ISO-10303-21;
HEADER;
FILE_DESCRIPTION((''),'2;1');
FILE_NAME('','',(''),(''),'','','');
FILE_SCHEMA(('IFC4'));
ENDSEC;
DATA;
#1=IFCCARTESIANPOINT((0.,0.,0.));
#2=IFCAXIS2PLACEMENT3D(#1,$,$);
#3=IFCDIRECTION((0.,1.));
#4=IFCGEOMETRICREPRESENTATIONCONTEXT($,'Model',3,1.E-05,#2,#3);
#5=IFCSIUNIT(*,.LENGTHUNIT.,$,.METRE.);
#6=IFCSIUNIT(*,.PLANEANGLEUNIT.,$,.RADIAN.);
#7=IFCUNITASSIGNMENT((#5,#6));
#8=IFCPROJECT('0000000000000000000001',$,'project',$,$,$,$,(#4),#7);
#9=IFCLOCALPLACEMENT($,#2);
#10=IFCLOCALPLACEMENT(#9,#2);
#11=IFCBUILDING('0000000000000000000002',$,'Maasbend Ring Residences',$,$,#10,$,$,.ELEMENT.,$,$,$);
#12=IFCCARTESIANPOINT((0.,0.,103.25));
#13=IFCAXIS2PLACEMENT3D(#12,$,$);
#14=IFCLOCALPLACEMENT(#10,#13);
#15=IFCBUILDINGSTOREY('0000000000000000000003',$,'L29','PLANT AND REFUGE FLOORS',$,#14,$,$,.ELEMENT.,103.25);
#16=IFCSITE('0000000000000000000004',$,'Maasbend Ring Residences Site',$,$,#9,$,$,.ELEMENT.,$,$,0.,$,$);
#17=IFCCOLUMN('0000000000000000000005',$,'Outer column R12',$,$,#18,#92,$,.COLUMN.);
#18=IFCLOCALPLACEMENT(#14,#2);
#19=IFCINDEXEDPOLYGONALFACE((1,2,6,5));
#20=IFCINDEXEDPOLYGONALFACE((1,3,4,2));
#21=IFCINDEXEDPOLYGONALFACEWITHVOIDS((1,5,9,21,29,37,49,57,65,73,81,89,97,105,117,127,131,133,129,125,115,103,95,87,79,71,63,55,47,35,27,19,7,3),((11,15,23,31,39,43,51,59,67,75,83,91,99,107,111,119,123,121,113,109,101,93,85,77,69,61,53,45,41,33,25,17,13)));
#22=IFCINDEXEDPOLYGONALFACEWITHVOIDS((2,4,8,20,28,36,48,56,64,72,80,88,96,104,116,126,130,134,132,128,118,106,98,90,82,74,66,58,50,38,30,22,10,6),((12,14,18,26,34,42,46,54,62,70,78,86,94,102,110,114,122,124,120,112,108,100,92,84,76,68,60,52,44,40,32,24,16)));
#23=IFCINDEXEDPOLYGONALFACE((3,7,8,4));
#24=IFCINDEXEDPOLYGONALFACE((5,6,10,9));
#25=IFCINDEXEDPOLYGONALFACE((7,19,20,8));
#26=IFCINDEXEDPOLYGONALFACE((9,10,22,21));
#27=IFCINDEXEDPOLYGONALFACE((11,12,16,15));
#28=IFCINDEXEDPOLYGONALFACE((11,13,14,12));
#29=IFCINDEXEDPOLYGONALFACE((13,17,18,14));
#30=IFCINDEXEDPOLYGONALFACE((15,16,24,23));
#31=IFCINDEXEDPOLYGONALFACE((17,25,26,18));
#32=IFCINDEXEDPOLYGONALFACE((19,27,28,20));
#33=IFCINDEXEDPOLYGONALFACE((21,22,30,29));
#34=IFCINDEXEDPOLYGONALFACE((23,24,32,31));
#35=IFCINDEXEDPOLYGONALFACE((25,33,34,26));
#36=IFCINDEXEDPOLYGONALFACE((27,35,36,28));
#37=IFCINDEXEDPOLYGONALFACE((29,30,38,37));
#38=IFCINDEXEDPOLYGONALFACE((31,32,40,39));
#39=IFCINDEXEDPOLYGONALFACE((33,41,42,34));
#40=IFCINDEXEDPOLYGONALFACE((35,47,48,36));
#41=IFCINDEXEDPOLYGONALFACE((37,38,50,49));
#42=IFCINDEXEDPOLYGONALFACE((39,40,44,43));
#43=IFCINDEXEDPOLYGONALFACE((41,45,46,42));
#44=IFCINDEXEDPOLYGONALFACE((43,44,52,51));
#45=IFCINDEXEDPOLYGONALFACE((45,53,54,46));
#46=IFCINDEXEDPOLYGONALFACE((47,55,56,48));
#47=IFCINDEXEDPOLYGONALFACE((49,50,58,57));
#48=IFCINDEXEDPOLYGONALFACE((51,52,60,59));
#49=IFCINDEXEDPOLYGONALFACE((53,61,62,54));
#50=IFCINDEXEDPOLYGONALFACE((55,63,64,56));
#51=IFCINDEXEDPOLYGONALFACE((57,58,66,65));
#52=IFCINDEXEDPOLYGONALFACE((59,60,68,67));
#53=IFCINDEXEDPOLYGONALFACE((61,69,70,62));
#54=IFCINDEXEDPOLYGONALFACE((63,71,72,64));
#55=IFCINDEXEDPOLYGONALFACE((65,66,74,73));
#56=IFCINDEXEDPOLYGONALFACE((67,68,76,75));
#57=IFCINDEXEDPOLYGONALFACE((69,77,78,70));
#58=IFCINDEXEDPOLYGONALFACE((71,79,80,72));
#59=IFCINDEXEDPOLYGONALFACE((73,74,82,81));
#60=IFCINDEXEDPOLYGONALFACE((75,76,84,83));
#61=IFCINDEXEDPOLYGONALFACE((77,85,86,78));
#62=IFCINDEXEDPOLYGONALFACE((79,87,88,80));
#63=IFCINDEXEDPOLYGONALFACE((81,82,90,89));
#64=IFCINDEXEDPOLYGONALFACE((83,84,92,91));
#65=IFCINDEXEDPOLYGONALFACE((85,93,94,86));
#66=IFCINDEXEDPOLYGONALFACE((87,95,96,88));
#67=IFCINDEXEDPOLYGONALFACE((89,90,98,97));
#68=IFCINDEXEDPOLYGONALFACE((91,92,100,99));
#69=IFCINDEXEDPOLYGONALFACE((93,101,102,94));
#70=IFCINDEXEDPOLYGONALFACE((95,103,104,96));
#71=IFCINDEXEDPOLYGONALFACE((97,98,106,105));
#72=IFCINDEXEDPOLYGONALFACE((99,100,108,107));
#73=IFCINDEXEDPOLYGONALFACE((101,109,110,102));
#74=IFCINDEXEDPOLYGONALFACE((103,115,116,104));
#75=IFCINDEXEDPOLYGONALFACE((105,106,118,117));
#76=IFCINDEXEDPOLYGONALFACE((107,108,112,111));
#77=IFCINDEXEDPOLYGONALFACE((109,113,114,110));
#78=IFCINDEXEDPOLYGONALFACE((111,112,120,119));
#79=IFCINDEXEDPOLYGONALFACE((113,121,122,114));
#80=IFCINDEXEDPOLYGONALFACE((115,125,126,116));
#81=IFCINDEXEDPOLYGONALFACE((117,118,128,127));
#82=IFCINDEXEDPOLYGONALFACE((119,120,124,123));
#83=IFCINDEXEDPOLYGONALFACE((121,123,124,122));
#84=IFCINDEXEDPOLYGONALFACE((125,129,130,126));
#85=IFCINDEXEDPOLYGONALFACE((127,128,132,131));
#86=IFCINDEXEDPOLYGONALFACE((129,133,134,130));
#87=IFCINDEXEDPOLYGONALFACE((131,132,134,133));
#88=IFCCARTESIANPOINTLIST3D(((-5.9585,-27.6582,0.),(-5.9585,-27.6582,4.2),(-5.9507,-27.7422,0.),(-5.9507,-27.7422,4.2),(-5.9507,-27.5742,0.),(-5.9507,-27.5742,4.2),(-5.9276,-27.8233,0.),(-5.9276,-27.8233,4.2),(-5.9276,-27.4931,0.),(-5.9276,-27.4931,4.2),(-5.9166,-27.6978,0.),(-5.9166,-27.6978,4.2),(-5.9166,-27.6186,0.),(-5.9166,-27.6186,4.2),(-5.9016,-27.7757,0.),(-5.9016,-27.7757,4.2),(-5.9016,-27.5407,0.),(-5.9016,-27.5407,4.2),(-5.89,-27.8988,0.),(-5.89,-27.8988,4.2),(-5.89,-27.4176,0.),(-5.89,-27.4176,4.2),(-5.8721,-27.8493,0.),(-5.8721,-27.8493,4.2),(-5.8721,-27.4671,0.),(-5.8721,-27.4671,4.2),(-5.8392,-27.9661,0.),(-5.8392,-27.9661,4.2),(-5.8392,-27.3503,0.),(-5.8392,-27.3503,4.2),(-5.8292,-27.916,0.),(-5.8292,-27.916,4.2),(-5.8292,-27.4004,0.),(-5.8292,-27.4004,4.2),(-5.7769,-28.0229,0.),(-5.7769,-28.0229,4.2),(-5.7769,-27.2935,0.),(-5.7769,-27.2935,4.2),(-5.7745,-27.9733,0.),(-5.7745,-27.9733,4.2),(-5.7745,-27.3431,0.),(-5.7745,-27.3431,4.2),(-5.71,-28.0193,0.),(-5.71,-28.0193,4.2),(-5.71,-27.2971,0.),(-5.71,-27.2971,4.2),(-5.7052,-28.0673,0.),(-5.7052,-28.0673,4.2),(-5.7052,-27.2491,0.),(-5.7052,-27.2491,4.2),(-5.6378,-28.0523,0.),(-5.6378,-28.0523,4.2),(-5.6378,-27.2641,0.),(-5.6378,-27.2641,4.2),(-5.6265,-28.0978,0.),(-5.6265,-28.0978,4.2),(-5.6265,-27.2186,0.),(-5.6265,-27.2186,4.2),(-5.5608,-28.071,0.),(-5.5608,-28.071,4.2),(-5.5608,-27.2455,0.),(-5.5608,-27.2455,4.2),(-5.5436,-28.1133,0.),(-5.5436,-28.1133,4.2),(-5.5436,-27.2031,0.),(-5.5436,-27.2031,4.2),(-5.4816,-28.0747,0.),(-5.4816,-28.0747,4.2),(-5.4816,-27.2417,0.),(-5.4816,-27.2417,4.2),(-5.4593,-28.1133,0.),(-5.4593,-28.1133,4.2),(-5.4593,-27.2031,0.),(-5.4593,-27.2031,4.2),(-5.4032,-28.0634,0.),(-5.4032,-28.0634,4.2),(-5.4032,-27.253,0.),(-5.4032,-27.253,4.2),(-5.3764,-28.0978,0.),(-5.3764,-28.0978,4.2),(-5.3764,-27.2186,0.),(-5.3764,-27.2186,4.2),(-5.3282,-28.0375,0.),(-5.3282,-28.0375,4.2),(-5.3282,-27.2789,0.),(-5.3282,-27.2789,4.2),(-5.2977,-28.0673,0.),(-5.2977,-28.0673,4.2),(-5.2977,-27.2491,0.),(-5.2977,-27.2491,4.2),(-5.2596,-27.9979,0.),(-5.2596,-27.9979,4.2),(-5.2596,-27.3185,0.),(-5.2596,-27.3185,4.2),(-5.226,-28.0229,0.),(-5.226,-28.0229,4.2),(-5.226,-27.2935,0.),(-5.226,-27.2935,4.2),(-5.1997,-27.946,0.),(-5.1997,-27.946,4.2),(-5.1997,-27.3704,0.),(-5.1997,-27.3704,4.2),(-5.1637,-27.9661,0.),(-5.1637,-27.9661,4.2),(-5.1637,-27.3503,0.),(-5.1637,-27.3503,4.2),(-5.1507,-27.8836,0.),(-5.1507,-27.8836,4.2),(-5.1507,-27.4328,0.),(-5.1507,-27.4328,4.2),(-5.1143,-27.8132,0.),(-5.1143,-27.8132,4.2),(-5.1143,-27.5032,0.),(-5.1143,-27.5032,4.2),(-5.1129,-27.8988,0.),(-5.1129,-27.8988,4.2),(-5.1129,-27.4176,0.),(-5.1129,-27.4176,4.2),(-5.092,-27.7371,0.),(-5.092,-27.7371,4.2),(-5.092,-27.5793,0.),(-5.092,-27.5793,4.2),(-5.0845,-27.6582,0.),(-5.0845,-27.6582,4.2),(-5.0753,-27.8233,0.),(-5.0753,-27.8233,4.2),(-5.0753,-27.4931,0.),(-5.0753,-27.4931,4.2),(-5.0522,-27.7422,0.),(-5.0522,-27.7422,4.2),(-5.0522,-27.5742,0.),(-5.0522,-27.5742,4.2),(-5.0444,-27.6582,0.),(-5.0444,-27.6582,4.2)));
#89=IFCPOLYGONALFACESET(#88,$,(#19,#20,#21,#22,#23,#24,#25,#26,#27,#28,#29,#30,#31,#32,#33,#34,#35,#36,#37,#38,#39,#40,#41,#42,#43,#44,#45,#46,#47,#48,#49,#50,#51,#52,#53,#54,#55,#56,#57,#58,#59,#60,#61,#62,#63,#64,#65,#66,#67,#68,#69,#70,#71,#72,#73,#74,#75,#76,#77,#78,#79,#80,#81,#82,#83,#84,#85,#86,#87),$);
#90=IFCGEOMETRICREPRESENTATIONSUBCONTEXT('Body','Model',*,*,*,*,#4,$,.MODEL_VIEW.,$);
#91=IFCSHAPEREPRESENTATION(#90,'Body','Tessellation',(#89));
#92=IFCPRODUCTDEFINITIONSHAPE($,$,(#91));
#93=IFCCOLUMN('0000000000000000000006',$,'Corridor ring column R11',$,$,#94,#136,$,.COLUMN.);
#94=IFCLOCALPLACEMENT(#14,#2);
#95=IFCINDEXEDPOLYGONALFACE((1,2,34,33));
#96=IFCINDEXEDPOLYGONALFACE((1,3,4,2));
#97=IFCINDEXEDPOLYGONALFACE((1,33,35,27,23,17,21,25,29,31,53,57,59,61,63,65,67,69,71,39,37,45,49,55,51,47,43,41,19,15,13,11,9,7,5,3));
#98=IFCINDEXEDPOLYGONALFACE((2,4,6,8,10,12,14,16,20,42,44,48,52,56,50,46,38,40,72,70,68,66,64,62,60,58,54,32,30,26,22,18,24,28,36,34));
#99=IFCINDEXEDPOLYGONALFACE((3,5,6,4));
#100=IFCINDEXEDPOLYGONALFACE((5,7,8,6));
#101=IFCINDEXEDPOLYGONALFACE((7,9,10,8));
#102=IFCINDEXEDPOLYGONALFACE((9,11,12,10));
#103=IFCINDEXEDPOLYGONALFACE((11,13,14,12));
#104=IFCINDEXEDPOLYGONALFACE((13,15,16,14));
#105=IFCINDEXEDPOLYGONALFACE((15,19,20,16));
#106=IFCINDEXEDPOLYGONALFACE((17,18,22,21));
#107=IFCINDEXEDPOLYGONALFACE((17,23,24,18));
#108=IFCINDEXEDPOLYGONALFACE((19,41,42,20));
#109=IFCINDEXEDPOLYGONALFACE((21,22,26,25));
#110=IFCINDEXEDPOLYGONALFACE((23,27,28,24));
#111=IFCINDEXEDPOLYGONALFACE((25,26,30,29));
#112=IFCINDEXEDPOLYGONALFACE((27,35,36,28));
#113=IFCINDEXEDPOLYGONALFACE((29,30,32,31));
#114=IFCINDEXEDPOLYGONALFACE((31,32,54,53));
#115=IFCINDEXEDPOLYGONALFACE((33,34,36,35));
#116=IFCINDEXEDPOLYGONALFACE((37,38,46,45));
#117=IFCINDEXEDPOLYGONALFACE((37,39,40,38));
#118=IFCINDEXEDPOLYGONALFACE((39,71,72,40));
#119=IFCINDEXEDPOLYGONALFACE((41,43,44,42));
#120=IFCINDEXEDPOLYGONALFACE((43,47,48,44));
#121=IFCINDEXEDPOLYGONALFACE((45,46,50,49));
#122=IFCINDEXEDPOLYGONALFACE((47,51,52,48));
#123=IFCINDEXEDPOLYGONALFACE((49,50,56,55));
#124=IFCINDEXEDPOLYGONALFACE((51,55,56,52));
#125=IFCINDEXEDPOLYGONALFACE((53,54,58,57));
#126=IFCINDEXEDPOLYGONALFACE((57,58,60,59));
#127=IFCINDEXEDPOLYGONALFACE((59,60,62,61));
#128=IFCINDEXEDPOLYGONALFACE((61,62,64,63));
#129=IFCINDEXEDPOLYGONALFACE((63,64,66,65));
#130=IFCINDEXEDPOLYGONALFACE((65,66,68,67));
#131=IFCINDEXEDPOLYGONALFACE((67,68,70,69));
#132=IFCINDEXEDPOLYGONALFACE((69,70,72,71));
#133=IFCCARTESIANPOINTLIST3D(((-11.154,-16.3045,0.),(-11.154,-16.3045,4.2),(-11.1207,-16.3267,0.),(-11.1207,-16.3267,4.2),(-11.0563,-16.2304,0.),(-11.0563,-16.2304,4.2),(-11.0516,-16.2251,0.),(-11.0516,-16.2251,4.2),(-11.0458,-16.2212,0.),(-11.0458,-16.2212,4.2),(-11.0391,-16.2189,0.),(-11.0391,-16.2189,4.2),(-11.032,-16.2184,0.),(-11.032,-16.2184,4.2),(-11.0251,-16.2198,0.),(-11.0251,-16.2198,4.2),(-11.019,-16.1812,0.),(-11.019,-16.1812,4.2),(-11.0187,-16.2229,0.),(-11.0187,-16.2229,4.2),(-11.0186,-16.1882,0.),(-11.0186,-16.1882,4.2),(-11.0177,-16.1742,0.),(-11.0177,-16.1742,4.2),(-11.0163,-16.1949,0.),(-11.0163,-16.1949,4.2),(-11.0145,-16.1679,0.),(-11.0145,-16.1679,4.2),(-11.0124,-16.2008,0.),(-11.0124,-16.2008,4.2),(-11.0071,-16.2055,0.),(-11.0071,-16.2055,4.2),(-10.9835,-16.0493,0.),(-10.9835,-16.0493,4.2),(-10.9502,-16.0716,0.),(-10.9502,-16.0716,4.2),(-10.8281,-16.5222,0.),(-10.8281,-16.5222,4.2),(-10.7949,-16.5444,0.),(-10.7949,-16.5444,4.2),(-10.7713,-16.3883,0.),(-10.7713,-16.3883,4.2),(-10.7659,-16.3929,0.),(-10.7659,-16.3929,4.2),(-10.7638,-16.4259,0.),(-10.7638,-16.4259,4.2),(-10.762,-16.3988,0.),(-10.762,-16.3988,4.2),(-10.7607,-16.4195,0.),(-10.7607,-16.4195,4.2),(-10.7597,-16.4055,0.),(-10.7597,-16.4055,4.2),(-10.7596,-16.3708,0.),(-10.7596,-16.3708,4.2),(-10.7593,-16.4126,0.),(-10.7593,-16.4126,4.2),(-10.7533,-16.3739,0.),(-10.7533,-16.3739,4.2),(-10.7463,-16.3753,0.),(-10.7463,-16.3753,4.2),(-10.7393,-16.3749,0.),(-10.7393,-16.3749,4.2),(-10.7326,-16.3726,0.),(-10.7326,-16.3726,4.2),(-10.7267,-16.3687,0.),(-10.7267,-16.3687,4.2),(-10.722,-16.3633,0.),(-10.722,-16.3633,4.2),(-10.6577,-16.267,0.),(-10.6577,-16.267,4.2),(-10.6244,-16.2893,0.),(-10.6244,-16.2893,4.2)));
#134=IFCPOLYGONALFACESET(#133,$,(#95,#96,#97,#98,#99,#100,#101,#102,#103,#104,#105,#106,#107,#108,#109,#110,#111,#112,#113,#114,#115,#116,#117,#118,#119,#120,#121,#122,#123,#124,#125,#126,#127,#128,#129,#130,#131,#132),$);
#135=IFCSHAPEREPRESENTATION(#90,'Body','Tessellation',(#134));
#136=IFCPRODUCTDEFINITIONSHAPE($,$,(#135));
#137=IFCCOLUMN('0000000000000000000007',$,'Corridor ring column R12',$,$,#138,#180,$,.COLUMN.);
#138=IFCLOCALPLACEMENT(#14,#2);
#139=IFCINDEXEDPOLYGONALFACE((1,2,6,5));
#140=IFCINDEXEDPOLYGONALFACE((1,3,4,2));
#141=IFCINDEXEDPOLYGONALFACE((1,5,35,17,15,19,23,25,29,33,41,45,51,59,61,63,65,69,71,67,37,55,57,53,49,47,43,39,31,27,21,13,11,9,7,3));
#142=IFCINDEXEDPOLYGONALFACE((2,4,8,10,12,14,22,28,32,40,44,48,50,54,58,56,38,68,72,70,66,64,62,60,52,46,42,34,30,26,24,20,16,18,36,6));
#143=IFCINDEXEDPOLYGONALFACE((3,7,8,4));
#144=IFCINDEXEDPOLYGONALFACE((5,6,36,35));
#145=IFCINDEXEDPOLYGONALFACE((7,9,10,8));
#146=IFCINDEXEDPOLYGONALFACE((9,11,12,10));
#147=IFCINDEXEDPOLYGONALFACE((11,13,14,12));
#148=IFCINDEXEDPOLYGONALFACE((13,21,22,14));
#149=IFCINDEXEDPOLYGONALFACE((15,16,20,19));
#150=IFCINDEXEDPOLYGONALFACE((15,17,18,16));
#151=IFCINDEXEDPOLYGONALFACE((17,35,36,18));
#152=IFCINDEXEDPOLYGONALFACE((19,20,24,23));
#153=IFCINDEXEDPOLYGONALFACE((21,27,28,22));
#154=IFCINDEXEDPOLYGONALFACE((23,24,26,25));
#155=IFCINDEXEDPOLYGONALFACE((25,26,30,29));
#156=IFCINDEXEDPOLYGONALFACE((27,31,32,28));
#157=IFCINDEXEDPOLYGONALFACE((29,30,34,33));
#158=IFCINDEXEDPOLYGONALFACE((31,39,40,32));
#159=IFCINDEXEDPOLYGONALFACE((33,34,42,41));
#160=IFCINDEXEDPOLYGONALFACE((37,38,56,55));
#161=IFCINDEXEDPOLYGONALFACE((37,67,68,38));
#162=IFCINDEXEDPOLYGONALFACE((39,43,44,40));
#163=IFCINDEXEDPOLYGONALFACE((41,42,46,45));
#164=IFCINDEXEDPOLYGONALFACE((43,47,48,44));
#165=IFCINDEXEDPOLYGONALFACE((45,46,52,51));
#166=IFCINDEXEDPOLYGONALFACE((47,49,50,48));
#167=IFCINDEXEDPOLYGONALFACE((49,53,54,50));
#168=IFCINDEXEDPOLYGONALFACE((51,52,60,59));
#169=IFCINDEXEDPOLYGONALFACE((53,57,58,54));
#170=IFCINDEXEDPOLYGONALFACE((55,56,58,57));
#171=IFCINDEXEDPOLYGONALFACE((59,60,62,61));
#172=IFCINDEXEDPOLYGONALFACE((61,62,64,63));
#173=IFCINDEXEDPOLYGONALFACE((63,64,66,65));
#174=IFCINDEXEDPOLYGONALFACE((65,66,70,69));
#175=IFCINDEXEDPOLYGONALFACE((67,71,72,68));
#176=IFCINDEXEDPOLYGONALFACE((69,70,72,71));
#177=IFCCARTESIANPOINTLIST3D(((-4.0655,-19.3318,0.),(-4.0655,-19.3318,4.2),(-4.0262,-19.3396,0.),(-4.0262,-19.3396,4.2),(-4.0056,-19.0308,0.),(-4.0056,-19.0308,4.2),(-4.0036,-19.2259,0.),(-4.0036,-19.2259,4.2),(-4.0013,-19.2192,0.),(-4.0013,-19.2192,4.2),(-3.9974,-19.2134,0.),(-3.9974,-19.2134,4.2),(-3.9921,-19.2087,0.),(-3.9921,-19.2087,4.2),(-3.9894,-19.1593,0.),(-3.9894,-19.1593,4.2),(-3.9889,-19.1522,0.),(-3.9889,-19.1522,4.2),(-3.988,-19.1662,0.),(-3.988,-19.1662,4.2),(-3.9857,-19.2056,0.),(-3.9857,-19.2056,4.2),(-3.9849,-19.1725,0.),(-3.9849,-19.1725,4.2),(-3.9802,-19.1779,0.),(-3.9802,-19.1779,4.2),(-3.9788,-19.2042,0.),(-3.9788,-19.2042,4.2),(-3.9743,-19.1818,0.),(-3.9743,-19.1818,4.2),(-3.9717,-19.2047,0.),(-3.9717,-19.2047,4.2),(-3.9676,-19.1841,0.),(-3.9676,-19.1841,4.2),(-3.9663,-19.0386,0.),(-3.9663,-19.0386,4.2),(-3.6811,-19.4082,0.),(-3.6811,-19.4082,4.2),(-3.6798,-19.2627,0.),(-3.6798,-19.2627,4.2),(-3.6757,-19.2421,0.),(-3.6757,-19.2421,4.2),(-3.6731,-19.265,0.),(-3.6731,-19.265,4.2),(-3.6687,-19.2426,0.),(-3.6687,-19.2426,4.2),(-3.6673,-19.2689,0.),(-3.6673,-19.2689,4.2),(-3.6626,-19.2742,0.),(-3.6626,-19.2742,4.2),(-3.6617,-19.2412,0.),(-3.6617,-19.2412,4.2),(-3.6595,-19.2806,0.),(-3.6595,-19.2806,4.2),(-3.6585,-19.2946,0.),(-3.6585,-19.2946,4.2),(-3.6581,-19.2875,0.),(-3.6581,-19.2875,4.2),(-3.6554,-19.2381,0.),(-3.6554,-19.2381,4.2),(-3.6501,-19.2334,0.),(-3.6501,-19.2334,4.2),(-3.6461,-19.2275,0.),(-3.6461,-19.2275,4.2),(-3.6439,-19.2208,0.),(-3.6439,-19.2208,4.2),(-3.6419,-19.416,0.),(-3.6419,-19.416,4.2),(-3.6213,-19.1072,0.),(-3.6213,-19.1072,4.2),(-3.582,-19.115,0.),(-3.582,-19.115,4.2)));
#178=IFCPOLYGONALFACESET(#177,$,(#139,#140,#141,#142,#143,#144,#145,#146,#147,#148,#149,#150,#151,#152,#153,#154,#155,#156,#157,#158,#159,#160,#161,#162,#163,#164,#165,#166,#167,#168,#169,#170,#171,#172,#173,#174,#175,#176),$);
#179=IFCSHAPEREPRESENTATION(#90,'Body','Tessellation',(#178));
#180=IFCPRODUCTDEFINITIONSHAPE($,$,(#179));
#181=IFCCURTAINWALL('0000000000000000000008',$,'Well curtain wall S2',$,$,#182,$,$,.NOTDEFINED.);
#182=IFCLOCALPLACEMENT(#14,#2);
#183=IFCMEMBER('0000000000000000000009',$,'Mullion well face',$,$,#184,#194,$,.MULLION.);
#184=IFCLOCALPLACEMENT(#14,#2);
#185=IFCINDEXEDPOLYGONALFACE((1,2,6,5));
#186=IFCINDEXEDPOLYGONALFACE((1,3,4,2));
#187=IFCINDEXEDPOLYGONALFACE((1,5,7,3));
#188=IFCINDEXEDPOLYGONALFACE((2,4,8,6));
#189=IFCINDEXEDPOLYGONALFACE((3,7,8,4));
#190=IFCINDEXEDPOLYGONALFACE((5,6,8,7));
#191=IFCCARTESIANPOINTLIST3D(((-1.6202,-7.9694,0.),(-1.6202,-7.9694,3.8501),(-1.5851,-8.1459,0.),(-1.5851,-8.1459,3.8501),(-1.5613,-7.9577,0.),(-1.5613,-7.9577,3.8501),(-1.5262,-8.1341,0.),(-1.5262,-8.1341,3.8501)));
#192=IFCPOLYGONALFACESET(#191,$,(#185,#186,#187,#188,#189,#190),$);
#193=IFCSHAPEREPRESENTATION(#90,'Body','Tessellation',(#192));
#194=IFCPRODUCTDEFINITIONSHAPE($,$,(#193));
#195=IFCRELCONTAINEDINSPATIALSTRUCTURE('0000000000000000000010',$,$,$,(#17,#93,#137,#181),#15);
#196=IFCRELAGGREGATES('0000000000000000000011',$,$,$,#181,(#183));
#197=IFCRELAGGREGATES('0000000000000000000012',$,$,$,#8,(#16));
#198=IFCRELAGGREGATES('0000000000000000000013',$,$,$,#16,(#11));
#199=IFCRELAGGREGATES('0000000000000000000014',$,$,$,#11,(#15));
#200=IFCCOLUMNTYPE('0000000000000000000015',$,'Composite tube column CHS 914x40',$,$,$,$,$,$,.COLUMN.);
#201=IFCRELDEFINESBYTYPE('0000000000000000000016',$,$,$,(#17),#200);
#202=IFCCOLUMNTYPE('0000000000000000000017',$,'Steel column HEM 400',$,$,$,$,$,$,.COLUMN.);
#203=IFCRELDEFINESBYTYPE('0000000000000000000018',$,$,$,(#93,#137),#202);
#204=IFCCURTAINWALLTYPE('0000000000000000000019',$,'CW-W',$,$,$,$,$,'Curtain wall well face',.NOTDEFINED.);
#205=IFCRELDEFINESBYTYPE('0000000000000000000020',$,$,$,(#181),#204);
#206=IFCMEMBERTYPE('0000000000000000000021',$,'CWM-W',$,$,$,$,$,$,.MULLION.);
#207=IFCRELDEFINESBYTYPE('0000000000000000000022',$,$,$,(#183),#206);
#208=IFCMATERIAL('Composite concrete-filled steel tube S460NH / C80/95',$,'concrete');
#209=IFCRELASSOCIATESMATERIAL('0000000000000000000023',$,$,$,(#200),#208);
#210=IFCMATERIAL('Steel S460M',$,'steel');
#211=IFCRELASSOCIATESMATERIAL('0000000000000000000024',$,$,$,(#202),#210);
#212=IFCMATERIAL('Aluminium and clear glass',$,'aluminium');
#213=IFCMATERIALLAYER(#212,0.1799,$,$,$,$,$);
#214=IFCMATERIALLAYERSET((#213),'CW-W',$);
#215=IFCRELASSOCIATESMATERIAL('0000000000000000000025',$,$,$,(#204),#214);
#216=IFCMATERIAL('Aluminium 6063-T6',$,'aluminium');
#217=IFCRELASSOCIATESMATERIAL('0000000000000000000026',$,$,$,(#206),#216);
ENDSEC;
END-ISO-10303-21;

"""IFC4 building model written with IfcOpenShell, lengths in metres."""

from ifc_helpers import new_model, si_unit, direction, frame, origin, origin_2d, place, context, subcontext, project, spatial, rectangle, hollow_circle, i_section, extrude, material, layer, layer_set, material_profile, profile_set, type_object, element, aggregate, save


model = new_model("IFC4")

# Units and contexts
model_context = context("Model", 3, precision=1e-05, world=origin(), true_north=direction((0.0, 1.0)))
body_context = subcontext(model_context, "Body", "Model", "MODEL_VIEW")
ifc_project = project(units=[si_unit("LENGTHUNIT", "METRE"), si_unit("PLANEANGLEUNIT", "RADIAN")], contexts=[model_context])

# Site, building, storey
site_placement = place(None, origin())
site = spatial("IfcSite", under=ifc_project, at=site_placement, Name="Maasbend Ring Residences Site", CompositionType="ELEMENT", RefElevation=0.0)
building_placement = place(site_placement, origin())
building = spatial("IfcBuilding", under=site, at=building_placement, Name="Maasbend Ring Residences", CompositionType="ELEMENT")
storey_placement = place(building_placement, frame((0.0, 0.0, 103.25)))
storey = spatial("IfcBuildingStorey", under=building, at=storey_placement, Name="L29", Description="PLANT AND REFUGE FLOORS", CompositionType="ELEMENT", Elevation=103.25)

# Columns
ifc_material_1 = material(Name="Composite concrete-filled steel tube S460NH / C80/95", Category="concrete")
ifc_material_profile_1 = material_profile(ifc_material_1, hollow_circle(Radius=0.457, WallThickness=0.04, at=origin_2d()), Name="Composite tube column CHS 914x40")
ifc_profile_set_1 = profile_set([ifc_material_profile_1], Name="Composite concrete-filled steel tube S460NH / C80/95")
column_type_1 = type_object("IfcColumnType", Name="Composite tube column CHS 914x40", PredefinedType="COLUMN", material=ifc_profile_set_1)
column_placement = place(storey_placement, frame((-5.5015, -27.6582, 0.0), z_axis=(0.0, 0.0, 1.0), x_axis=(1.0, 0.0, 0.0)))
element("IfcColumn", 1, at=column_placement, inside=storey, type_object=column_type_1, Name="Outer column R12", PredefinedType="COLUMN", context=body_context, shape_type="SweptSolid", body=[
    extrude(hollow_circle(Radius=0.457, WallThickness=0.04, at=origin_2d()), origin(), (0.0, 0.0, 1.0), 4.2),
])
ifc_material_2 = material(Name="Steel S460M", Category="steel")
ifc_material_profile_2 = material_profile(ifc_material_2, i_section(OverallWidth=0.3069, OverallDepth=0.4319, WebThickness=0.021, FlangeThickness=0.04, FilletRadius=0.0271, at=origin_2d()), Name="HEM 400")
ifc_profile_set_2 = profile_set([ifc_material_profile_2], Name="Steel S460M")
column_type_2 = type_object("IfcColumnType", Name="Steel column HEM 400", PredefinedType="COLUMN", material=ifc_profile_set_2)
for number, where, z_axis, x_axis, name in (
    (2, (-10.8892, -16.2969, 0.0), (0.0, 0.0, 1.0), (-0.55557, -0.83147, 0.0), "Corridor ring column R11"),
    (3, (-3.8237, -19.2234, 0.0), (0.0, 0.0, 1.0), (-0.19509, -0.980785, 0.0), "Corridor ring column R12"),
):
    element("IfcColumn", number, at=place(storey_placement, frame(where, z_axis=z_axis, x_axis=x_axis)), inside=storey, type_object=column_type_2, Name=name, PredefinedType="COLUMN", context=body_context, shape_type="SweptSolid", body=[
        extrude(i_section(OverallWidth=0.3069, OverallDepth=0.4319, WebThickness=0.021, FlangeThickness=0.04, FilletRadius=0.0271, at=origin_2d()), origin(), (0.0, 0.0, 1.0), 4.2),
    ])

# Curtain wall, member
ifc_material_3 = material(Name="Aluminium and clear glass", Category="aluminium")
ifc_layer_1 = layer(ifc_material_3, 0.1799)
ifc_layer_set_1 = layer_set([ifc_layer_1], Name="CW-W")
curtain_wall_type = type_object("IfcCurtainWallType", Name="CW-W", ElementType="Curtain wall well face", PredefinedType="NOTDEFINED", material=ifc_layer_set_1)
curtain_wall_placement = place(storey_placement, origin())
curtain_wall = element("IfcCurtainWall", 4, at=curtain_wall_placement, inside=storey, type_object=curtain_wall_type, Name="Well curtain wall S2", PredefinedType="NOTDEFINED")
ifc_material_4 = material(Name="Aluminium 6063-T6", Category="aluminium")
ifc_material_profile_3 = material_profile(ifc_material_4, rectangle(XDim=0.1799, YDim=0.0601, at=origin_2d()), Name="AL 180x60")
ifc_profile_set_3 = profile_set([ifc_material_profile_3], Name="Aluminium 6063-T6")
member_type = type_object("IfcMemberType", Name="CWM-W", PredefinedType="MULLION", material=ifc_profile_set_3)
member_placement = place(storey_placement, frame((-1.5732, -8.0518, 0.0), z_axis=(0.0, 0.0, 1.0), x_axis=(-0.19509, 0.980785, 0.0)))
member = element("IfcMember", 5, at=member_placement, type_object=member_type, Name="Mullion well face", PredefinedType="MULLION", context=body_context, shape_type="SweptSolid", body=[
    extrude(rectangle(XDim=0.1799, YDim=0.0601, at=origin_2d()), origin(), (0.0, 0.0, 1.0), 3.8501),
])
aggregate(curtain_wall, [member])

save(model, "model.ifc")
